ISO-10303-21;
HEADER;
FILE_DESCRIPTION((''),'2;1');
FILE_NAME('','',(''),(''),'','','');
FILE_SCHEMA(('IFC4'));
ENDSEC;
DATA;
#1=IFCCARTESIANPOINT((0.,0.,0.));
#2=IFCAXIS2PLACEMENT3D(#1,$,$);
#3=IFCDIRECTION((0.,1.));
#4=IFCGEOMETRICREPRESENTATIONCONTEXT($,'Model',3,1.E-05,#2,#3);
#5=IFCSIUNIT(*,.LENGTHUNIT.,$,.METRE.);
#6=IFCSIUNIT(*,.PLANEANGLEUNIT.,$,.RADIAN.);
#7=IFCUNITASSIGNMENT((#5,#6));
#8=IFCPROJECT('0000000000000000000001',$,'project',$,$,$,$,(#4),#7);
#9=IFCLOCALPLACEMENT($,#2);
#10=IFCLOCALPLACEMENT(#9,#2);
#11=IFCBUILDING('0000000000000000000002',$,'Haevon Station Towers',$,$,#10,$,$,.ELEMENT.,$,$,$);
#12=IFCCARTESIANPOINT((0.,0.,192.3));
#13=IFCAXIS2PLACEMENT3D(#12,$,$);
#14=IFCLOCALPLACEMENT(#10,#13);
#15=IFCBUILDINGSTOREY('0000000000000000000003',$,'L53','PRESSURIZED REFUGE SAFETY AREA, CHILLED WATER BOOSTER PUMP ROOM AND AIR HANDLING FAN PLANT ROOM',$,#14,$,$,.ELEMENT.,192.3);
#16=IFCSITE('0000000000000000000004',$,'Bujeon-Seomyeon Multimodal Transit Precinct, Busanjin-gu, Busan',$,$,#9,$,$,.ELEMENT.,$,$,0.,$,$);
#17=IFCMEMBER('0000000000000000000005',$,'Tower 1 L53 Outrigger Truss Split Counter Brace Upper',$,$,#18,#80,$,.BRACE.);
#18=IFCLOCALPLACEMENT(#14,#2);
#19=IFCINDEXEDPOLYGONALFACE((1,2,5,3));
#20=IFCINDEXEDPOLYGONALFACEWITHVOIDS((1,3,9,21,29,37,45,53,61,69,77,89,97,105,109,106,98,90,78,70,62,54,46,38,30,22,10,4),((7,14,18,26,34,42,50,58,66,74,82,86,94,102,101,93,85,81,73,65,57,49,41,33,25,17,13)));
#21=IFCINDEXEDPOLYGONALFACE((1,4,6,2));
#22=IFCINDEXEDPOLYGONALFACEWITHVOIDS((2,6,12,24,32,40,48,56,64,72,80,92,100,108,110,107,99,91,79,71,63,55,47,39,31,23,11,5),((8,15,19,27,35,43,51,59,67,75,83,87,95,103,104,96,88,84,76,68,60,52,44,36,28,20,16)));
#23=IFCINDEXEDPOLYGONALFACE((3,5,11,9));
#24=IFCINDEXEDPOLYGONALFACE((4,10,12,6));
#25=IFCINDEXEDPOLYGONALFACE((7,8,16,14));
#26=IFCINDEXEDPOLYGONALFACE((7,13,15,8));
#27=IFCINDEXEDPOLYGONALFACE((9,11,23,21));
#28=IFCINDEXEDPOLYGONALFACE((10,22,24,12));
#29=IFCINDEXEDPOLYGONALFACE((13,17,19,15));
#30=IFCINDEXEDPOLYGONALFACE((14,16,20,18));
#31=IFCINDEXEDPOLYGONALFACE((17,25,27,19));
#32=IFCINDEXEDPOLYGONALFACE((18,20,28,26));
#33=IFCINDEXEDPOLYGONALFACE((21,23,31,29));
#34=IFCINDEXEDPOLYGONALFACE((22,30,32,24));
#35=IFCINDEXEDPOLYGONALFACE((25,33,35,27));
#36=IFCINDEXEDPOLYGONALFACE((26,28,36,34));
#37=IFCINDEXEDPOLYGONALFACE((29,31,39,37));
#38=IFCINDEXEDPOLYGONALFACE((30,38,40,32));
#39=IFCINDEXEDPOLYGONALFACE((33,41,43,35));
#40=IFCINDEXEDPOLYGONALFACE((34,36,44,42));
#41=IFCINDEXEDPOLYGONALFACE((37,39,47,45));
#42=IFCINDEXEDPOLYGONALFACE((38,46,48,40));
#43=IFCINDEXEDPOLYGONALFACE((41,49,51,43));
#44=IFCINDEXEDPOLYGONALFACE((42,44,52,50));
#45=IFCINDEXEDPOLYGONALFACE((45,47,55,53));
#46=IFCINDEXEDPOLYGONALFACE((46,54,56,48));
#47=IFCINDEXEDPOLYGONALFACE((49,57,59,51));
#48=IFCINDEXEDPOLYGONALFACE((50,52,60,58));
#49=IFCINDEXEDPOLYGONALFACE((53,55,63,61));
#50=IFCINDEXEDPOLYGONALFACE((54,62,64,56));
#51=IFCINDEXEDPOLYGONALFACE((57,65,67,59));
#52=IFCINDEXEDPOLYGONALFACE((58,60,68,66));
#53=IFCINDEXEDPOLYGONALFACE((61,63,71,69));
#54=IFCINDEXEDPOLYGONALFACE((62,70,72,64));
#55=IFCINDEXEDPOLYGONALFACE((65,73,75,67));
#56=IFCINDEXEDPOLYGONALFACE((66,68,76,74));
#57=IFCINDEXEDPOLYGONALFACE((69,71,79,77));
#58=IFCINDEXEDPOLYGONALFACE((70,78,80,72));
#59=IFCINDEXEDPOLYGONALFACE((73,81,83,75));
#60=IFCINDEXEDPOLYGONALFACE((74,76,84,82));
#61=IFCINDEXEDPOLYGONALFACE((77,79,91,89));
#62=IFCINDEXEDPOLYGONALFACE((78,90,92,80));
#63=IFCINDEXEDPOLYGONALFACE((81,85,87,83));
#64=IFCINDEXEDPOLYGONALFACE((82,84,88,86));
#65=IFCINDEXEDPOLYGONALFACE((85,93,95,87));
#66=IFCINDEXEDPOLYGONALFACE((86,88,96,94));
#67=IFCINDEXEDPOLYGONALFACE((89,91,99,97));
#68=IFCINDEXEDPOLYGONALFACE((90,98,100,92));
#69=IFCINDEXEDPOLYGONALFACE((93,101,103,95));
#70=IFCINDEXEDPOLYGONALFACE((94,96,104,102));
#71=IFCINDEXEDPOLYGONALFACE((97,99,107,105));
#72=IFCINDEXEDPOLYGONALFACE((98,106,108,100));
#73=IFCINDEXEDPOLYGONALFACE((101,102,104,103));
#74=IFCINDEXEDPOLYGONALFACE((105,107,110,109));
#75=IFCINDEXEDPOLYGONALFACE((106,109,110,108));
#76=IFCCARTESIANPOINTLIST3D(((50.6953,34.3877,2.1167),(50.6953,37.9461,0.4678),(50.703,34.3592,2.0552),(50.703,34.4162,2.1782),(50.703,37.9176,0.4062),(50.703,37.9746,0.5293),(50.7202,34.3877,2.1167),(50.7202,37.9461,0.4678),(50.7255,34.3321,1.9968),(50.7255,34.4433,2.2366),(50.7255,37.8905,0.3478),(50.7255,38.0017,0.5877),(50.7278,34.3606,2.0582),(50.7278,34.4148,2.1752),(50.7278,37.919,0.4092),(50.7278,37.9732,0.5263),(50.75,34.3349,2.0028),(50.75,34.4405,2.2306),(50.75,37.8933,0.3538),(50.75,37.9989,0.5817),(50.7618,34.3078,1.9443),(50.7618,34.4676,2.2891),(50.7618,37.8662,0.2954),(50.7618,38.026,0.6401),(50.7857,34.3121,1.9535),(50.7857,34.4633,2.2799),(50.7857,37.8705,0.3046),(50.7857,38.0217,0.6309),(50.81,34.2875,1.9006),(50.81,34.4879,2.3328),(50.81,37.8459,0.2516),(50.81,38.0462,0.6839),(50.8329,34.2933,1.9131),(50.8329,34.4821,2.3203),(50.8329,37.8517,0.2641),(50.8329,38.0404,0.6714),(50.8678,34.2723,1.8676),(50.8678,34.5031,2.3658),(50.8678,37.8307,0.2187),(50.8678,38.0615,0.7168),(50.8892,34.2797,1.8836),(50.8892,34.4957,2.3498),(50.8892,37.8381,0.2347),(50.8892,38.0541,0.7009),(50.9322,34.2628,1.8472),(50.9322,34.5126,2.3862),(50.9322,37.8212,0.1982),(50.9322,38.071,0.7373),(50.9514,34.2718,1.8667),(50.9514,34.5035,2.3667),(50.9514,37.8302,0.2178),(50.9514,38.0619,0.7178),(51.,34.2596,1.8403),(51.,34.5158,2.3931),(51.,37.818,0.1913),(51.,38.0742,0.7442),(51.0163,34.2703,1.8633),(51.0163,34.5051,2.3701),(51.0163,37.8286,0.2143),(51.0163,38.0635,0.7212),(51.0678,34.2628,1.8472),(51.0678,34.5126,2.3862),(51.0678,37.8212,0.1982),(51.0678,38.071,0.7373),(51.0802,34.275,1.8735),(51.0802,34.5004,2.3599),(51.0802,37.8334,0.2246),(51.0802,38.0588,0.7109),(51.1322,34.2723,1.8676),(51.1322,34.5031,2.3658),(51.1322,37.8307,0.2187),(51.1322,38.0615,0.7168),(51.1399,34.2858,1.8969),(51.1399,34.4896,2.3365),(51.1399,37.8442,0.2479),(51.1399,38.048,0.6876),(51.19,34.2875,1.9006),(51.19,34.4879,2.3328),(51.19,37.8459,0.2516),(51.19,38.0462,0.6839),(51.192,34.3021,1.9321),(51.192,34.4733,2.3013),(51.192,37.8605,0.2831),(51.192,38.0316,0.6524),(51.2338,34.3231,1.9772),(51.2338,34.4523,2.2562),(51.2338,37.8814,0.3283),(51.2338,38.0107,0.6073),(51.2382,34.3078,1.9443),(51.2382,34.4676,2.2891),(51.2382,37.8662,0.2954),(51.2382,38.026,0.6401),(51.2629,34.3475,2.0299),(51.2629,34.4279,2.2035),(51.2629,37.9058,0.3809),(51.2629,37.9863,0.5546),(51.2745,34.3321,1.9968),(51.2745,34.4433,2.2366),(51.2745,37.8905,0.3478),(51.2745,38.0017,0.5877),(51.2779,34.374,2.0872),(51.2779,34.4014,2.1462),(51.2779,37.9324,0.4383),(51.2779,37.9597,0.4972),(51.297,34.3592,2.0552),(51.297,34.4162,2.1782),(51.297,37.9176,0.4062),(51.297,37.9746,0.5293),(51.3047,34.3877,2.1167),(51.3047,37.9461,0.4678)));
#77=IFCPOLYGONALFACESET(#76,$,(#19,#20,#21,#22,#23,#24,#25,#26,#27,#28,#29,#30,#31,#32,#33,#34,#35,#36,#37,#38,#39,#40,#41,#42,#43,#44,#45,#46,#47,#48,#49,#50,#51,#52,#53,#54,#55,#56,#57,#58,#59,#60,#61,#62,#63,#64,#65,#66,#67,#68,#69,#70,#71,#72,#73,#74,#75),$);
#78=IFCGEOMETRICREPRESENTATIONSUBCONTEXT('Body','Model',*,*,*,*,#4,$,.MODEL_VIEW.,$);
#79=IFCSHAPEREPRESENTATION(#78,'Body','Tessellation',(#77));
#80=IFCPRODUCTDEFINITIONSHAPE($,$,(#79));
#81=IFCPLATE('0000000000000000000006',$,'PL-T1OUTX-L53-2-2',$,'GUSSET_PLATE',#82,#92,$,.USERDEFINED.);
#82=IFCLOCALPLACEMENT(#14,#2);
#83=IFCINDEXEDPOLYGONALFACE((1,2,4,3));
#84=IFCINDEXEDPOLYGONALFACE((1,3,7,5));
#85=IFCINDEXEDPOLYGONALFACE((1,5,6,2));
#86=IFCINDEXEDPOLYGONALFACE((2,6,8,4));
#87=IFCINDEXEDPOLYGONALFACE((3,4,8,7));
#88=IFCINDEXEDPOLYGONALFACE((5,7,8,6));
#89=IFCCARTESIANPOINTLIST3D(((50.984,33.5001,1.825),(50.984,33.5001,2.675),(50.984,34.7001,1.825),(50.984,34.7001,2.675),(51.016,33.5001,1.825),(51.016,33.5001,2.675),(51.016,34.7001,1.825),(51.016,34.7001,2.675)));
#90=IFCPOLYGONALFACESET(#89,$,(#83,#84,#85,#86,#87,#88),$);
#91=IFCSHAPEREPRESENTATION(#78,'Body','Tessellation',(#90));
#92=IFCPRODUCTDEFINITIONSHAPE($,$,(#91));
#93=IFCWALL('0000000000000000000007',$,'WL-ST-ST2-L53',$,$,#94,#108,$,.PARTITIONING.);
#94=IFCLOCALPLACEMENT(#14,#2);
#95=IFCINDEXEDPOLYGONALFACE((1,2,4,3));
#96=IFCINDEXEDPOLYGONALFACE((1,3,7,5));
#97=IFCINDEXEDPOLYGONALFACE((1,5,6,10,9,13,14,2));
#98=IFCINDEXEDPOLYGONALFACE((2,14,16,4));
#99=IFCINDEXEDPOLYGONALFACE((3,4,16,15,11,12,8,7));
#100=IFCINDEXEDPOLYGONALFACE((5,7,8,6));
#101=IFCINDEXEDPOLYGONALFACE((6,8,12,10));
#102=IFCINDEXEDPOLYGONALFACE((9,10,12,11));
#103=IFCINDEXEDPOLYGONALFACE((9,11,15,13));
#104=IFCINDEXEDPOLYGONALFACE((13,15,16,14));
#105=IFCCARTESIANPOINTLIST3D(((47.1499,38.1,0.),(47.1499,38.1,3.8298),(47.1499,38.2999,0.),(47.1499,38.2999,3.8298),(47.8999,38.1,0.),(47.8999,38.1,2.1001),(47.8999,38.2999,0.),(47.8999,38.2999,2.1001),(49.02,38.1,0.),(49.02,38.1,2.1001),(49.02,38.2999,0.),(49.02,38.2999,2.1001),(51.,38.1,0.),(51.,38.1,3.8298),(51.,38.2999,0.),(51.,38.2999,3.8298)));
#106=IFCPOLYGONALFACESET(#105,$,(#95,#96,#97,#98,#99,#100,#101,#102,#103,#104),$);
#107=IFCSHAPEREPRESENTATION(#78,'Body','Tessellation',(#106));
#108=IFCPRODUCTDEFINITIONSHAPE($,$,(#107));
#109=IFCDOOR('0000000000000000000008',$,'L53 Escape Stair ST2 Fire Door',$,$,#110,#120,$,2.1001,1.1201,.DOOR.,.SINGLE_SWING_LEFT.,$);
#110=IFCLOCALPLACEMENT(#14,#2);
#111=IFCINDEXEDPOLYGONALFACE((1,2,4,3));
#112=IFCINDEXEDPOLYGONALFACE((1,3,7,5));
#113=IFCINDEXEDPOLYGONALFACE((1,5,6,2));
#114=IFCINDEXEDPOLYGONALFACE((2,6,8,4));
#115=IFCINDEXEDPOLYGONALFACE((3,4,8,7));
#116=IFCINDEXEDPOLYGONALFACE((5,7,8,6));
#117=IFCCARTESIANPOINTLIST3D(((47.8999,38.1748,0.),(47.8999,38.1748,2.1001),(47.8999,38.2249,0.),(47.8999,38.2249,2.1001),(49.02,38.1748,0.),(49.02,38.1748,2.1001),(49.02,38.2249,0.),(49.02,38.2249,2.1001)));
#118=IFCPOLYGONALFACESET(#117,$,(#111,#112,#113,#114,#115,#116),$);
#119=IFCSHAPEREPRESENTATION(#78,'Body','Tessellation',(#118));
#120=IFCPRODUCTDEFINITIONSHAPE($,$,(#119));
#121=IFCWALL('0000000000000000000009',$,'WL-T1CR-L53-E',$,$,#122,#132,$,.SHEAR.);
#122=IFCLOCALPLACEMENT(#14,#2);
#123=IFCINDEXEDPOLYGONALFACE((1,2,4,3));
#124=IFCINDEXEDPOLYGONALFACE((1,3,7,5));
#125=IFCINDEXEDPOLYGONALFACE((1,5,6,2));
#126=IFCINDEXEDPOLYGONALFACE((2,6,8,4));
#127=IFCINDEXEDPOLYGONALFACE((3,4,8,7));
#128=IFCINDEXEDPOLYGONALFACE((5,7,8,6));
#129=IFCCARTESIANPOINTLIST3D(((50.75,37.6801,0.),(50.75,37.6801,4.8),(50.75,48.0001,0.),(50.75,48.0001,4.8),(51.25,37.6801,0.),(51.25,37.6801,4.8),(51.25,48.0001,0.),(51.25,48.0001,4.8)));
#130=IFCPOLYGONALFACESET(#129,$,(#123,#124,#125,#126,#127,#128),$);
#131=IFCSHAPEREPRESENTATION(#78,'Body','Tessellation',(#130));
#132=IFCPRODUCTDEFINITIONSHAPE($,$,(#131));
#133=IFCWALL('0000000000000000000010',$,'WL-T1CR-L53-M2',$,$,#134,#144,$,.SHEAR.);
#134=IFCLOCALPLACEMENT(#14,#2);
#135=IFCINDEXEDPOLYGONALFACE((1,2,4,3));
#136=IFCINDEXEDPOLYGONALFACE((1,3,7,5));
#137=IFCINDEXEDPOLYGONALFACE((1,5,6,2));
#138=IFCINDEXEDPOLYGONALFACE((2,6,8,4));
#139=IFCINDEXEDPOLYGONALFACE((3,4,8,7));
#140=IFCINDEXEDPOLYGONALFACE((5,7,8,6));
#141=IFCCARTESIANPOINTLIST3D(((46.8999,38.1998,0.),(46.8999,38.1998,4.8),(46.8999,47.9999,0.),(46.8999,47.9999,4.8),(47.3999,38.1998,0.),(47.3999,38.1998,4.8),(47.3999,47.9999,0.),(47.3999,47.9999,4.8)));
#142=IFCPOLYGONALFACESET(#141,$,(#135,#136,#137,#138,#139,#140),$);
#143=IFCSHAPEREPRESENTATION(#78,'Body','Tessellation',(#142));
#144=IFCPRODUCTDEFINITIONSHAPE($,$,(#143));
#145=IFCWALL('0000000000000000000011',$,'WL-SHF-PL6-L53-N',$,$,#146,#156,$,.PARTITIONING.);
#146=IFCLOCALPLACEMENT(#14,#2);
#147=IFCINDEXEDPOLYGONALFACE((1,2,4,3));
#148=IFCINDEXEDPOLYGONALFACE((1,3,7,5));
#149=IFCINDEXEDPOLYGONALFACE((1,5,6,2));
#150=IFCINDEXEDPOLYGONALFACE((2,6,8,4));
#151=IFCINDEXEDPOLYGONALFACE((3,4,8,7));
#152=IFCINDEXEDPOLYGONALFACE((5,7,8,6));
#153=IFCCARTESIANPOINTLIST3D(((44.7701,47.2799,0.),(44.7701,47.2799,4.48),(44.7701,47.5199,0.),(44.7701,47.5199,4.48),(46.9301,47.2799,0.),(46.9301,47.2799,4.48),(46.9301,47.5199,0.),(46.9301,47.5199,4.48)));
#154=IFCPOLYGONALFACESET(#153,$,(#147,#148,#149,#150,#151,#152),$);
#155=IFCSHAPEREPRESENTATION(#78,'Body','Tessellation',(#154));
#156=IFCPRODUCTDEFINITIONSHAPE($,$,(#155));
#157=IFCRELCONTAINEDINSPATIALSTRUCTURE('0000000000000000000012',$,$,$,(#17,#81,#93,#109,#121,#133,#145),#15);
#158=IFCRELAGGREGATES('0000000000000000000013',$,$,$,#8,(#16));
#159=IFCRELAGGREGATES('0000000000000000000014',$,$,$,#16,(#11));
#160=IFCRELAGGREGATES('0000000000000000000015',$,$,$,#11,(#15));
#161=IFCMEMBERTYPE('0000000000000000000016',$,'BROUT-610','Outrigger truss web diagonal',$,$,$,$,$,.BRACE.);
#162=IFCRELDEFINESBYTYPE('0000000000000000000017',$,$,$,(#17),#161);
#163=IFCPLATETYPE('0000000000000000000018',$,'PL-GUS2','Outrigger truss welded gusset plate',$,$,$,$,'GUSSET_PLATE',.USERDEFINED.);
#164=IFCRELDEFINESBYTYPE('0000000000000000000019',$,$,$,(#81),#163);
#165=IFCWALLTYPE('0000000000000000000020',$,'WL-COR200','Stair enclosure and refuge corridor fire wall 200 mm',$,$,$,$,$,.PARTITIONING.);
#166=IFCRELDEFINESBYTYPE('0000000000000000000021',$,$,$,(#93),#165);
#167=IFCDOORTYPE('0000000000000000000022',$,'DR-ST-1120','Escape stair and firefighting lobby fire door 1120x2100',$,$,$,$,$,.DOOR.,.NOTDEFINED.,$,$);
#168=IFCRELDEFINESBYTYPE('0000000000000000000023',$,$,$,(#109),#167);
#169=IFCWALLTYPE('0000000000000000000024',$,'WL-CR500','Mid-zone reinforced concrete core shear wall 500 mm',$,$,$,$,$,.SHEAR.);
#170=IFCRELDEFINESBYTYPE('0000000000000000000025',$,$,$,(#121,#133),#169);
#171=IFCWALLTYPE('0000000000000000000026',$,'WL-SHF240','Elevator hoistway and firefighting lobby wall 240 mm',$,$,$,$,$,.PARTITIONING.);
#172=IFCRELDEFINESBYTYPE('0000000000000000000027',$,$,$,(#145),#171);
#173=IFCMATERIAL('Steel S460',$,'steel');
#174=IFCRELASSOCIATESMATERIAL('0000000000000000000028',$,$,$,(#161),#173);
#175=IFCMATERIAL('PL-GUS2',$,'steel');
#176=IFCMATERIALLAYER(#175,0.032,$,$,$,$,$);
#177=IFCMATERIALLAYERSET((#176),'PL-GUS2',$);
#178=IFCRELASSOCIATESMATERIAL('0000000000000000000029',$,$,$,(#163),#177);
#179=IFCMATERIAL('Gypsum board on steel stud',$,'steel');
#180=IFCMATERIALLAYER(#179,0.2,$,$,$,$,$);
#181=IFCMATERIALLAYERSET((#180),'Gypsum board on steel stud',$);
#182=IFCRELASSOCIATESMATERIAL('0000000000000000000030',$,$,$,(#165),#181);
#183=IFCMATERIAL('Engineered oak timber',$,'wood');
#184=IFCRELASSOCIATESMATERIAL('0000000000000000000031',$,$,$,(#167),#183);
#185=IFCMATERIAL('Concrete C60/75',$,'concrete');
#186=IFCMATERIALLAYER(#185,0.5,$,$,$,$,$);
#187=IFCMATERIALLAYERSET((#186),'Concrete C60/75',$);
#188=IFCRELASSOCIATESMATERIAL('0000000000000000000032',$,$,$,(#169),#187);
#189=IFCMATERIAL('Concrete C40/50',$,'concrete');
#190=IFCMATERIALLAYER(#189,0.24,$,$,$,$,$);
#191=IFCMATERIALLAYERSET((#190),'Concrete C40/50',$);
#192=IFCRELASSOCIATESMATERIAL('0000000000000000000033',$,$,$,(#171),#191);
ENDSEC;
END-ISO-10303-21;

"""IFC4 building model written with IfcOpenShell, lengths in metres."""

from ifc_helpers import new_model, si_unit, direction, frame, frame_2d, origin, origin_2d, place, context, subcontext, project, spatial, rectangle, hollow_circle, extrude, material, layer, layer_set, material_profile, profile_set, type_object, element, fill, save


model = new_model("IFC4")

# Units and contexts
model_context = context("Model", 3, precision=1e-05, world=origin(), true_north=direction((0.0, 1.0)))
body_context = subcontext(model_context, "Body", "Model", "MODEL_VIEW")
ifc_project = project(units=[si_unit("LENGTHUNIT", "METRE"), si_unit("PLANEANGLEUNIT", "RADIAN")], contexts=[model_context])

# Site, building, storey
site_placement = place(None, origin())
site = spatial("IfcSite", under=ifc_project, at=site_placement, Name="Bujeon-Seomyeon Multimodal Transit Precinct, Busanjin-gu, Busan", CompositionType="ELEMENT", RefElevation=0.0)
building_placement = place(site_placement, origin())
building = spatial("IfcBuilding", under=site, at=building_placement, Name="Haevon Station Towers", CompositionType="ELEMENT")
storey_placement = place(building_placement, frame((0.0, 0.0, 192.3)))
storey = spatial("IfcBuildingStorey", under=building, at=storey_placement, Name="L53", Description="PRESSURIZED REFUGE SAFETY AREA, CHILLED WATER BOOSTER PUMP ROOM AND AIR HANDLING FAN PLANT ROOM", CompositionType="ELEMENT", Elevation=192.3)

# Shared definitions
ifc_material_1 = material(Name="Steel S460", Category="steel")

# Member
ifc_material_profile_1 = material_profile(ifc_material_1, hollow_circle(Radius=0.3047, WallThickness=0.0249, at=origin_2d()), Name="CHS-609.6x25")
ifc_profile_set_1 = profile_set([ifc_material_profile_1], Name="Steel S460")
member_type = type_object("IfcMemberType", Name="BROUT-610", Description="Outrigger truss web diagonal", PredefinedType="BRACE", material=ifc_profile_set_1)
member_placement = place(storey_placement, frame((51.0, 34.3877, 2.1167), z_axis=(0.0, 0.907317, -0.420447), x_axis=(-1.0, 0.0, 0.0)))
element("IfcMember", 1, at=member_placement, inside=storey, type_object=member_type, Name="Tower 1 L53 Outrigger Truss Split Counter Brace Upper", PredefinedType="BRACE", context=body_context, shape_type="SweptSolid", body=[
    extrude(hollow_circle(Radius=0.3047, WallThickness=0.0249, at=origin_2d()), origin(), (0.0, 0.0, 1.0), 3.9219),
])

# Plate
ifc_material_2 = material(Name="PL-GUS2", Category="steel")
ifc_layer_1 = layer(ifc_material_2, 0.032)
ifc_layer_set_1 = layer_set([ifc_layer_1], Name="PL-GUS2")
plate_type = type_object("IfcPlateType", Name="PL-GUS2", Description="Outrigger truss welded gusset plate", ElementType="GUSSET_PLATE", PredefinedType="USERDEFINED", material=ifc_layer_set_1)
plate_placement = place(storey_placement, frame((51.0, 34.1001, 1.825), z_axis=(0.0, 0.0, 1.0), x_axis=(0.0, 1.0, 0.0)))
element("IfcPlate", 2, at=plate_placement, inside=storey, type_object=plate_type, Name="PL-T1OUTX-L53-2-2", ObjectType="GUSSET_PLATE", PredefinedType="USERDEFINED", context=body_context, shape_type="SweptSolid", body=[
    extrude(rectangle(XDim=1.2, YDim=0.032, at=origin_2d()), origin(), (0.0, 0.0, 1.0), 0.8501),
])

# Wall, opening, door
ifc_material_3 = material(Name="Gypsum board on steel stud", Category="steel")
ifc_layer_2 = layer(ifc_material_3, 0.2)
ifc_layer_set_2 = layer_set([ifc_layer_2], Name="Gypsum board on steel stud")
wall_type_1 = type_object("IfcWallType", Name="WL-COR200", Description="Stair enclosure and refuge corridor fire wall 200 mm", PredefinedType="PARTITIONING", material=ifc_layer_set_2)
wall_1_placement = place(storey_placement, frame((47.1499, 38.2, 0.0), z_axis=(0.0, 0.0, 1.0), x_axis=(1.0, 0.0, 0.0)))
wall_1 = element("IfcWall", 3, at=wall_1_placement, inside=storey, type_object=wall_type_1, Name="WL-ST-ST2-L53", PredefinedType="PARTITIONING", context=body_context, shape_type="SweptSolid", body=[
    extrude(rectangle(XDim=3.8501, YDim=0.2, at=frame_2d((1.925, 0.0))), origin(), (0.0, 0.0, 1.0), 3.8298),
])
opening_placement = place(wall_1_placement, frame((0.75, 0.0, 0.0)))
opening = element("IfcOpeningElement", 4, at=opening_placement, cuts=wall_1, PredefinedType="OPENING", context=body_context, shape_type="SweptSolid", body=[
    extrude(rectangle(XDim=1.1201, YDim=2.1001, at=frame_2d((0.5601, 1.05))), frame((0.0, 0.1099, 0.0), z_axis=(0.0, -1.0, 0.0), x_axis=(1.0, 0.0, 0.0)), (0.0, 0.0, 1.0), 0.22),
])
ifc_material_4 = material(Name="Engineered oak timber", Category="wood")
door_type = type_object("IfcDoorType", Name="DR-ST-1120", Description="Escape stair and firefighting lobby fire door 1120x2100", OperationType="NOTDEFINED", PredefinedType="DOOR", material=ifc_material_4)
door_placement = place(opening_placement, origin())
door = element("IfcDoor", 5, at=door_placement, inside=storey, type_object=door_type, Name="L53 Escape Stair ST2 Fire Door", OperationType="SINGLE_SWING_LEFT", OverallHeight=2.1001, OverallWidth=1.1201, PredefinedType="DOOR", context=body_context, shape_type="SweptSolid", body=[
    extrude(rectangle(XDim=1.1201, YDim=2.1001, at=frame_2d((0.5601, 1.05))), frame((0.0, 0.0249, 0.0), z_axis=(0.0, -1.0, 0.0), x_axis=(1.0, 0.0, 0.0)), (0.0, 0.0, 1.0), 0.05),
])
fill(opening, door)

# Walls
ifc_material_5 = material(Name="Concrete C60/75", Category="concrete")
ifc_layer_3 = layer(ifc_material_5, 0.5)
ifc_layer_set_3 = layer_set([ifc_layer_3], Name="Concrete C60/75")
wall_type_2 = type_object("IfcWallType", Name="WL-CR500", Description="Mid-zone reinforced concrete core shear wall 500 mm", PredefinedType="SHEAR", material=ifc_layer_set_3)
wall_2_placement = place(storey_placement, frame((51.0, 37.6799, 0.0), z_axis=(0.0, 0.0, 1.0), x_axis=(0.0, 1.0, 0.0)))
element("IfcWall", 6, at=wall_2_placement, inside=storey, type_object=wall_type_2, Name="WL-T1CR-L53-E", PredefinedType="SHEAR", context=body_context, shape_type="SweptSolid", body=[
    extrude(rectangle(XDim=10.3201, YDim=0.5, at=frame_2d((5.1602, 0.0))), origin(), (0.0, 0.0, 1.0), 4.8),
])
wall_3_placement = place(storey_placement, frame((47.1499, 38.2, 0.0), z_axis=(0.0, 0.0, 1.0), x_axis=(0.0, 1.0, 0.0)))
element("IfcWall", 7, at=wall_3_placement, inside=storey, type_object=wall_type_2, Name="WL-T1CR-L53-M2", PredefinedType="SHEAR", context=body_context, shape_type="SweptSolid", body=[
    extrude(rectangle(XDim=9.8, YDim=0.5, at=frame_2d((4.8999, 0.0))), origin(), (0.0, 0.0, 1.0), 4.8),
])
ifc_material_6 = material(Name="Concrete C40/50", Category="concrete")
ifc_layer_4 = layer(ifc_material_6, 0.24)
ifc_layer_set_4 = layer_set([ifc_layer_4], Name="Concrete C40/50")
wall_type_3 = type_object("IfcWallType", Name="WL-SHF240", Description="Elevator hoistway and firefighting lobby wall 240 mm", PredefinedType="PARTITIONING", material=ifc_layer_set_4)
wall_4_placement = place(storey_placement, frame((44.77, 47.3999, 0.0), z_axis=(0.0, 0.0, 1.0), x_axis=(1.0, 0.0, 0.0)))
element("IfcWall", 8, at=wall_4_placement, inside=storey, type_object=wall_type_3, Name="WL-SHF-PL6-L53-N", PredefinedType="PARTITIONING", context=body_context, shape_type="SweptSolid", body=[
    extrude(rectangle(XDim=2.1599, YDim=0.24, at=frame_2d((1.0801, 0.0))), origin(), (0.0, 0.0, 1.0), 4.48),
])

save(model, "model.ifc")
